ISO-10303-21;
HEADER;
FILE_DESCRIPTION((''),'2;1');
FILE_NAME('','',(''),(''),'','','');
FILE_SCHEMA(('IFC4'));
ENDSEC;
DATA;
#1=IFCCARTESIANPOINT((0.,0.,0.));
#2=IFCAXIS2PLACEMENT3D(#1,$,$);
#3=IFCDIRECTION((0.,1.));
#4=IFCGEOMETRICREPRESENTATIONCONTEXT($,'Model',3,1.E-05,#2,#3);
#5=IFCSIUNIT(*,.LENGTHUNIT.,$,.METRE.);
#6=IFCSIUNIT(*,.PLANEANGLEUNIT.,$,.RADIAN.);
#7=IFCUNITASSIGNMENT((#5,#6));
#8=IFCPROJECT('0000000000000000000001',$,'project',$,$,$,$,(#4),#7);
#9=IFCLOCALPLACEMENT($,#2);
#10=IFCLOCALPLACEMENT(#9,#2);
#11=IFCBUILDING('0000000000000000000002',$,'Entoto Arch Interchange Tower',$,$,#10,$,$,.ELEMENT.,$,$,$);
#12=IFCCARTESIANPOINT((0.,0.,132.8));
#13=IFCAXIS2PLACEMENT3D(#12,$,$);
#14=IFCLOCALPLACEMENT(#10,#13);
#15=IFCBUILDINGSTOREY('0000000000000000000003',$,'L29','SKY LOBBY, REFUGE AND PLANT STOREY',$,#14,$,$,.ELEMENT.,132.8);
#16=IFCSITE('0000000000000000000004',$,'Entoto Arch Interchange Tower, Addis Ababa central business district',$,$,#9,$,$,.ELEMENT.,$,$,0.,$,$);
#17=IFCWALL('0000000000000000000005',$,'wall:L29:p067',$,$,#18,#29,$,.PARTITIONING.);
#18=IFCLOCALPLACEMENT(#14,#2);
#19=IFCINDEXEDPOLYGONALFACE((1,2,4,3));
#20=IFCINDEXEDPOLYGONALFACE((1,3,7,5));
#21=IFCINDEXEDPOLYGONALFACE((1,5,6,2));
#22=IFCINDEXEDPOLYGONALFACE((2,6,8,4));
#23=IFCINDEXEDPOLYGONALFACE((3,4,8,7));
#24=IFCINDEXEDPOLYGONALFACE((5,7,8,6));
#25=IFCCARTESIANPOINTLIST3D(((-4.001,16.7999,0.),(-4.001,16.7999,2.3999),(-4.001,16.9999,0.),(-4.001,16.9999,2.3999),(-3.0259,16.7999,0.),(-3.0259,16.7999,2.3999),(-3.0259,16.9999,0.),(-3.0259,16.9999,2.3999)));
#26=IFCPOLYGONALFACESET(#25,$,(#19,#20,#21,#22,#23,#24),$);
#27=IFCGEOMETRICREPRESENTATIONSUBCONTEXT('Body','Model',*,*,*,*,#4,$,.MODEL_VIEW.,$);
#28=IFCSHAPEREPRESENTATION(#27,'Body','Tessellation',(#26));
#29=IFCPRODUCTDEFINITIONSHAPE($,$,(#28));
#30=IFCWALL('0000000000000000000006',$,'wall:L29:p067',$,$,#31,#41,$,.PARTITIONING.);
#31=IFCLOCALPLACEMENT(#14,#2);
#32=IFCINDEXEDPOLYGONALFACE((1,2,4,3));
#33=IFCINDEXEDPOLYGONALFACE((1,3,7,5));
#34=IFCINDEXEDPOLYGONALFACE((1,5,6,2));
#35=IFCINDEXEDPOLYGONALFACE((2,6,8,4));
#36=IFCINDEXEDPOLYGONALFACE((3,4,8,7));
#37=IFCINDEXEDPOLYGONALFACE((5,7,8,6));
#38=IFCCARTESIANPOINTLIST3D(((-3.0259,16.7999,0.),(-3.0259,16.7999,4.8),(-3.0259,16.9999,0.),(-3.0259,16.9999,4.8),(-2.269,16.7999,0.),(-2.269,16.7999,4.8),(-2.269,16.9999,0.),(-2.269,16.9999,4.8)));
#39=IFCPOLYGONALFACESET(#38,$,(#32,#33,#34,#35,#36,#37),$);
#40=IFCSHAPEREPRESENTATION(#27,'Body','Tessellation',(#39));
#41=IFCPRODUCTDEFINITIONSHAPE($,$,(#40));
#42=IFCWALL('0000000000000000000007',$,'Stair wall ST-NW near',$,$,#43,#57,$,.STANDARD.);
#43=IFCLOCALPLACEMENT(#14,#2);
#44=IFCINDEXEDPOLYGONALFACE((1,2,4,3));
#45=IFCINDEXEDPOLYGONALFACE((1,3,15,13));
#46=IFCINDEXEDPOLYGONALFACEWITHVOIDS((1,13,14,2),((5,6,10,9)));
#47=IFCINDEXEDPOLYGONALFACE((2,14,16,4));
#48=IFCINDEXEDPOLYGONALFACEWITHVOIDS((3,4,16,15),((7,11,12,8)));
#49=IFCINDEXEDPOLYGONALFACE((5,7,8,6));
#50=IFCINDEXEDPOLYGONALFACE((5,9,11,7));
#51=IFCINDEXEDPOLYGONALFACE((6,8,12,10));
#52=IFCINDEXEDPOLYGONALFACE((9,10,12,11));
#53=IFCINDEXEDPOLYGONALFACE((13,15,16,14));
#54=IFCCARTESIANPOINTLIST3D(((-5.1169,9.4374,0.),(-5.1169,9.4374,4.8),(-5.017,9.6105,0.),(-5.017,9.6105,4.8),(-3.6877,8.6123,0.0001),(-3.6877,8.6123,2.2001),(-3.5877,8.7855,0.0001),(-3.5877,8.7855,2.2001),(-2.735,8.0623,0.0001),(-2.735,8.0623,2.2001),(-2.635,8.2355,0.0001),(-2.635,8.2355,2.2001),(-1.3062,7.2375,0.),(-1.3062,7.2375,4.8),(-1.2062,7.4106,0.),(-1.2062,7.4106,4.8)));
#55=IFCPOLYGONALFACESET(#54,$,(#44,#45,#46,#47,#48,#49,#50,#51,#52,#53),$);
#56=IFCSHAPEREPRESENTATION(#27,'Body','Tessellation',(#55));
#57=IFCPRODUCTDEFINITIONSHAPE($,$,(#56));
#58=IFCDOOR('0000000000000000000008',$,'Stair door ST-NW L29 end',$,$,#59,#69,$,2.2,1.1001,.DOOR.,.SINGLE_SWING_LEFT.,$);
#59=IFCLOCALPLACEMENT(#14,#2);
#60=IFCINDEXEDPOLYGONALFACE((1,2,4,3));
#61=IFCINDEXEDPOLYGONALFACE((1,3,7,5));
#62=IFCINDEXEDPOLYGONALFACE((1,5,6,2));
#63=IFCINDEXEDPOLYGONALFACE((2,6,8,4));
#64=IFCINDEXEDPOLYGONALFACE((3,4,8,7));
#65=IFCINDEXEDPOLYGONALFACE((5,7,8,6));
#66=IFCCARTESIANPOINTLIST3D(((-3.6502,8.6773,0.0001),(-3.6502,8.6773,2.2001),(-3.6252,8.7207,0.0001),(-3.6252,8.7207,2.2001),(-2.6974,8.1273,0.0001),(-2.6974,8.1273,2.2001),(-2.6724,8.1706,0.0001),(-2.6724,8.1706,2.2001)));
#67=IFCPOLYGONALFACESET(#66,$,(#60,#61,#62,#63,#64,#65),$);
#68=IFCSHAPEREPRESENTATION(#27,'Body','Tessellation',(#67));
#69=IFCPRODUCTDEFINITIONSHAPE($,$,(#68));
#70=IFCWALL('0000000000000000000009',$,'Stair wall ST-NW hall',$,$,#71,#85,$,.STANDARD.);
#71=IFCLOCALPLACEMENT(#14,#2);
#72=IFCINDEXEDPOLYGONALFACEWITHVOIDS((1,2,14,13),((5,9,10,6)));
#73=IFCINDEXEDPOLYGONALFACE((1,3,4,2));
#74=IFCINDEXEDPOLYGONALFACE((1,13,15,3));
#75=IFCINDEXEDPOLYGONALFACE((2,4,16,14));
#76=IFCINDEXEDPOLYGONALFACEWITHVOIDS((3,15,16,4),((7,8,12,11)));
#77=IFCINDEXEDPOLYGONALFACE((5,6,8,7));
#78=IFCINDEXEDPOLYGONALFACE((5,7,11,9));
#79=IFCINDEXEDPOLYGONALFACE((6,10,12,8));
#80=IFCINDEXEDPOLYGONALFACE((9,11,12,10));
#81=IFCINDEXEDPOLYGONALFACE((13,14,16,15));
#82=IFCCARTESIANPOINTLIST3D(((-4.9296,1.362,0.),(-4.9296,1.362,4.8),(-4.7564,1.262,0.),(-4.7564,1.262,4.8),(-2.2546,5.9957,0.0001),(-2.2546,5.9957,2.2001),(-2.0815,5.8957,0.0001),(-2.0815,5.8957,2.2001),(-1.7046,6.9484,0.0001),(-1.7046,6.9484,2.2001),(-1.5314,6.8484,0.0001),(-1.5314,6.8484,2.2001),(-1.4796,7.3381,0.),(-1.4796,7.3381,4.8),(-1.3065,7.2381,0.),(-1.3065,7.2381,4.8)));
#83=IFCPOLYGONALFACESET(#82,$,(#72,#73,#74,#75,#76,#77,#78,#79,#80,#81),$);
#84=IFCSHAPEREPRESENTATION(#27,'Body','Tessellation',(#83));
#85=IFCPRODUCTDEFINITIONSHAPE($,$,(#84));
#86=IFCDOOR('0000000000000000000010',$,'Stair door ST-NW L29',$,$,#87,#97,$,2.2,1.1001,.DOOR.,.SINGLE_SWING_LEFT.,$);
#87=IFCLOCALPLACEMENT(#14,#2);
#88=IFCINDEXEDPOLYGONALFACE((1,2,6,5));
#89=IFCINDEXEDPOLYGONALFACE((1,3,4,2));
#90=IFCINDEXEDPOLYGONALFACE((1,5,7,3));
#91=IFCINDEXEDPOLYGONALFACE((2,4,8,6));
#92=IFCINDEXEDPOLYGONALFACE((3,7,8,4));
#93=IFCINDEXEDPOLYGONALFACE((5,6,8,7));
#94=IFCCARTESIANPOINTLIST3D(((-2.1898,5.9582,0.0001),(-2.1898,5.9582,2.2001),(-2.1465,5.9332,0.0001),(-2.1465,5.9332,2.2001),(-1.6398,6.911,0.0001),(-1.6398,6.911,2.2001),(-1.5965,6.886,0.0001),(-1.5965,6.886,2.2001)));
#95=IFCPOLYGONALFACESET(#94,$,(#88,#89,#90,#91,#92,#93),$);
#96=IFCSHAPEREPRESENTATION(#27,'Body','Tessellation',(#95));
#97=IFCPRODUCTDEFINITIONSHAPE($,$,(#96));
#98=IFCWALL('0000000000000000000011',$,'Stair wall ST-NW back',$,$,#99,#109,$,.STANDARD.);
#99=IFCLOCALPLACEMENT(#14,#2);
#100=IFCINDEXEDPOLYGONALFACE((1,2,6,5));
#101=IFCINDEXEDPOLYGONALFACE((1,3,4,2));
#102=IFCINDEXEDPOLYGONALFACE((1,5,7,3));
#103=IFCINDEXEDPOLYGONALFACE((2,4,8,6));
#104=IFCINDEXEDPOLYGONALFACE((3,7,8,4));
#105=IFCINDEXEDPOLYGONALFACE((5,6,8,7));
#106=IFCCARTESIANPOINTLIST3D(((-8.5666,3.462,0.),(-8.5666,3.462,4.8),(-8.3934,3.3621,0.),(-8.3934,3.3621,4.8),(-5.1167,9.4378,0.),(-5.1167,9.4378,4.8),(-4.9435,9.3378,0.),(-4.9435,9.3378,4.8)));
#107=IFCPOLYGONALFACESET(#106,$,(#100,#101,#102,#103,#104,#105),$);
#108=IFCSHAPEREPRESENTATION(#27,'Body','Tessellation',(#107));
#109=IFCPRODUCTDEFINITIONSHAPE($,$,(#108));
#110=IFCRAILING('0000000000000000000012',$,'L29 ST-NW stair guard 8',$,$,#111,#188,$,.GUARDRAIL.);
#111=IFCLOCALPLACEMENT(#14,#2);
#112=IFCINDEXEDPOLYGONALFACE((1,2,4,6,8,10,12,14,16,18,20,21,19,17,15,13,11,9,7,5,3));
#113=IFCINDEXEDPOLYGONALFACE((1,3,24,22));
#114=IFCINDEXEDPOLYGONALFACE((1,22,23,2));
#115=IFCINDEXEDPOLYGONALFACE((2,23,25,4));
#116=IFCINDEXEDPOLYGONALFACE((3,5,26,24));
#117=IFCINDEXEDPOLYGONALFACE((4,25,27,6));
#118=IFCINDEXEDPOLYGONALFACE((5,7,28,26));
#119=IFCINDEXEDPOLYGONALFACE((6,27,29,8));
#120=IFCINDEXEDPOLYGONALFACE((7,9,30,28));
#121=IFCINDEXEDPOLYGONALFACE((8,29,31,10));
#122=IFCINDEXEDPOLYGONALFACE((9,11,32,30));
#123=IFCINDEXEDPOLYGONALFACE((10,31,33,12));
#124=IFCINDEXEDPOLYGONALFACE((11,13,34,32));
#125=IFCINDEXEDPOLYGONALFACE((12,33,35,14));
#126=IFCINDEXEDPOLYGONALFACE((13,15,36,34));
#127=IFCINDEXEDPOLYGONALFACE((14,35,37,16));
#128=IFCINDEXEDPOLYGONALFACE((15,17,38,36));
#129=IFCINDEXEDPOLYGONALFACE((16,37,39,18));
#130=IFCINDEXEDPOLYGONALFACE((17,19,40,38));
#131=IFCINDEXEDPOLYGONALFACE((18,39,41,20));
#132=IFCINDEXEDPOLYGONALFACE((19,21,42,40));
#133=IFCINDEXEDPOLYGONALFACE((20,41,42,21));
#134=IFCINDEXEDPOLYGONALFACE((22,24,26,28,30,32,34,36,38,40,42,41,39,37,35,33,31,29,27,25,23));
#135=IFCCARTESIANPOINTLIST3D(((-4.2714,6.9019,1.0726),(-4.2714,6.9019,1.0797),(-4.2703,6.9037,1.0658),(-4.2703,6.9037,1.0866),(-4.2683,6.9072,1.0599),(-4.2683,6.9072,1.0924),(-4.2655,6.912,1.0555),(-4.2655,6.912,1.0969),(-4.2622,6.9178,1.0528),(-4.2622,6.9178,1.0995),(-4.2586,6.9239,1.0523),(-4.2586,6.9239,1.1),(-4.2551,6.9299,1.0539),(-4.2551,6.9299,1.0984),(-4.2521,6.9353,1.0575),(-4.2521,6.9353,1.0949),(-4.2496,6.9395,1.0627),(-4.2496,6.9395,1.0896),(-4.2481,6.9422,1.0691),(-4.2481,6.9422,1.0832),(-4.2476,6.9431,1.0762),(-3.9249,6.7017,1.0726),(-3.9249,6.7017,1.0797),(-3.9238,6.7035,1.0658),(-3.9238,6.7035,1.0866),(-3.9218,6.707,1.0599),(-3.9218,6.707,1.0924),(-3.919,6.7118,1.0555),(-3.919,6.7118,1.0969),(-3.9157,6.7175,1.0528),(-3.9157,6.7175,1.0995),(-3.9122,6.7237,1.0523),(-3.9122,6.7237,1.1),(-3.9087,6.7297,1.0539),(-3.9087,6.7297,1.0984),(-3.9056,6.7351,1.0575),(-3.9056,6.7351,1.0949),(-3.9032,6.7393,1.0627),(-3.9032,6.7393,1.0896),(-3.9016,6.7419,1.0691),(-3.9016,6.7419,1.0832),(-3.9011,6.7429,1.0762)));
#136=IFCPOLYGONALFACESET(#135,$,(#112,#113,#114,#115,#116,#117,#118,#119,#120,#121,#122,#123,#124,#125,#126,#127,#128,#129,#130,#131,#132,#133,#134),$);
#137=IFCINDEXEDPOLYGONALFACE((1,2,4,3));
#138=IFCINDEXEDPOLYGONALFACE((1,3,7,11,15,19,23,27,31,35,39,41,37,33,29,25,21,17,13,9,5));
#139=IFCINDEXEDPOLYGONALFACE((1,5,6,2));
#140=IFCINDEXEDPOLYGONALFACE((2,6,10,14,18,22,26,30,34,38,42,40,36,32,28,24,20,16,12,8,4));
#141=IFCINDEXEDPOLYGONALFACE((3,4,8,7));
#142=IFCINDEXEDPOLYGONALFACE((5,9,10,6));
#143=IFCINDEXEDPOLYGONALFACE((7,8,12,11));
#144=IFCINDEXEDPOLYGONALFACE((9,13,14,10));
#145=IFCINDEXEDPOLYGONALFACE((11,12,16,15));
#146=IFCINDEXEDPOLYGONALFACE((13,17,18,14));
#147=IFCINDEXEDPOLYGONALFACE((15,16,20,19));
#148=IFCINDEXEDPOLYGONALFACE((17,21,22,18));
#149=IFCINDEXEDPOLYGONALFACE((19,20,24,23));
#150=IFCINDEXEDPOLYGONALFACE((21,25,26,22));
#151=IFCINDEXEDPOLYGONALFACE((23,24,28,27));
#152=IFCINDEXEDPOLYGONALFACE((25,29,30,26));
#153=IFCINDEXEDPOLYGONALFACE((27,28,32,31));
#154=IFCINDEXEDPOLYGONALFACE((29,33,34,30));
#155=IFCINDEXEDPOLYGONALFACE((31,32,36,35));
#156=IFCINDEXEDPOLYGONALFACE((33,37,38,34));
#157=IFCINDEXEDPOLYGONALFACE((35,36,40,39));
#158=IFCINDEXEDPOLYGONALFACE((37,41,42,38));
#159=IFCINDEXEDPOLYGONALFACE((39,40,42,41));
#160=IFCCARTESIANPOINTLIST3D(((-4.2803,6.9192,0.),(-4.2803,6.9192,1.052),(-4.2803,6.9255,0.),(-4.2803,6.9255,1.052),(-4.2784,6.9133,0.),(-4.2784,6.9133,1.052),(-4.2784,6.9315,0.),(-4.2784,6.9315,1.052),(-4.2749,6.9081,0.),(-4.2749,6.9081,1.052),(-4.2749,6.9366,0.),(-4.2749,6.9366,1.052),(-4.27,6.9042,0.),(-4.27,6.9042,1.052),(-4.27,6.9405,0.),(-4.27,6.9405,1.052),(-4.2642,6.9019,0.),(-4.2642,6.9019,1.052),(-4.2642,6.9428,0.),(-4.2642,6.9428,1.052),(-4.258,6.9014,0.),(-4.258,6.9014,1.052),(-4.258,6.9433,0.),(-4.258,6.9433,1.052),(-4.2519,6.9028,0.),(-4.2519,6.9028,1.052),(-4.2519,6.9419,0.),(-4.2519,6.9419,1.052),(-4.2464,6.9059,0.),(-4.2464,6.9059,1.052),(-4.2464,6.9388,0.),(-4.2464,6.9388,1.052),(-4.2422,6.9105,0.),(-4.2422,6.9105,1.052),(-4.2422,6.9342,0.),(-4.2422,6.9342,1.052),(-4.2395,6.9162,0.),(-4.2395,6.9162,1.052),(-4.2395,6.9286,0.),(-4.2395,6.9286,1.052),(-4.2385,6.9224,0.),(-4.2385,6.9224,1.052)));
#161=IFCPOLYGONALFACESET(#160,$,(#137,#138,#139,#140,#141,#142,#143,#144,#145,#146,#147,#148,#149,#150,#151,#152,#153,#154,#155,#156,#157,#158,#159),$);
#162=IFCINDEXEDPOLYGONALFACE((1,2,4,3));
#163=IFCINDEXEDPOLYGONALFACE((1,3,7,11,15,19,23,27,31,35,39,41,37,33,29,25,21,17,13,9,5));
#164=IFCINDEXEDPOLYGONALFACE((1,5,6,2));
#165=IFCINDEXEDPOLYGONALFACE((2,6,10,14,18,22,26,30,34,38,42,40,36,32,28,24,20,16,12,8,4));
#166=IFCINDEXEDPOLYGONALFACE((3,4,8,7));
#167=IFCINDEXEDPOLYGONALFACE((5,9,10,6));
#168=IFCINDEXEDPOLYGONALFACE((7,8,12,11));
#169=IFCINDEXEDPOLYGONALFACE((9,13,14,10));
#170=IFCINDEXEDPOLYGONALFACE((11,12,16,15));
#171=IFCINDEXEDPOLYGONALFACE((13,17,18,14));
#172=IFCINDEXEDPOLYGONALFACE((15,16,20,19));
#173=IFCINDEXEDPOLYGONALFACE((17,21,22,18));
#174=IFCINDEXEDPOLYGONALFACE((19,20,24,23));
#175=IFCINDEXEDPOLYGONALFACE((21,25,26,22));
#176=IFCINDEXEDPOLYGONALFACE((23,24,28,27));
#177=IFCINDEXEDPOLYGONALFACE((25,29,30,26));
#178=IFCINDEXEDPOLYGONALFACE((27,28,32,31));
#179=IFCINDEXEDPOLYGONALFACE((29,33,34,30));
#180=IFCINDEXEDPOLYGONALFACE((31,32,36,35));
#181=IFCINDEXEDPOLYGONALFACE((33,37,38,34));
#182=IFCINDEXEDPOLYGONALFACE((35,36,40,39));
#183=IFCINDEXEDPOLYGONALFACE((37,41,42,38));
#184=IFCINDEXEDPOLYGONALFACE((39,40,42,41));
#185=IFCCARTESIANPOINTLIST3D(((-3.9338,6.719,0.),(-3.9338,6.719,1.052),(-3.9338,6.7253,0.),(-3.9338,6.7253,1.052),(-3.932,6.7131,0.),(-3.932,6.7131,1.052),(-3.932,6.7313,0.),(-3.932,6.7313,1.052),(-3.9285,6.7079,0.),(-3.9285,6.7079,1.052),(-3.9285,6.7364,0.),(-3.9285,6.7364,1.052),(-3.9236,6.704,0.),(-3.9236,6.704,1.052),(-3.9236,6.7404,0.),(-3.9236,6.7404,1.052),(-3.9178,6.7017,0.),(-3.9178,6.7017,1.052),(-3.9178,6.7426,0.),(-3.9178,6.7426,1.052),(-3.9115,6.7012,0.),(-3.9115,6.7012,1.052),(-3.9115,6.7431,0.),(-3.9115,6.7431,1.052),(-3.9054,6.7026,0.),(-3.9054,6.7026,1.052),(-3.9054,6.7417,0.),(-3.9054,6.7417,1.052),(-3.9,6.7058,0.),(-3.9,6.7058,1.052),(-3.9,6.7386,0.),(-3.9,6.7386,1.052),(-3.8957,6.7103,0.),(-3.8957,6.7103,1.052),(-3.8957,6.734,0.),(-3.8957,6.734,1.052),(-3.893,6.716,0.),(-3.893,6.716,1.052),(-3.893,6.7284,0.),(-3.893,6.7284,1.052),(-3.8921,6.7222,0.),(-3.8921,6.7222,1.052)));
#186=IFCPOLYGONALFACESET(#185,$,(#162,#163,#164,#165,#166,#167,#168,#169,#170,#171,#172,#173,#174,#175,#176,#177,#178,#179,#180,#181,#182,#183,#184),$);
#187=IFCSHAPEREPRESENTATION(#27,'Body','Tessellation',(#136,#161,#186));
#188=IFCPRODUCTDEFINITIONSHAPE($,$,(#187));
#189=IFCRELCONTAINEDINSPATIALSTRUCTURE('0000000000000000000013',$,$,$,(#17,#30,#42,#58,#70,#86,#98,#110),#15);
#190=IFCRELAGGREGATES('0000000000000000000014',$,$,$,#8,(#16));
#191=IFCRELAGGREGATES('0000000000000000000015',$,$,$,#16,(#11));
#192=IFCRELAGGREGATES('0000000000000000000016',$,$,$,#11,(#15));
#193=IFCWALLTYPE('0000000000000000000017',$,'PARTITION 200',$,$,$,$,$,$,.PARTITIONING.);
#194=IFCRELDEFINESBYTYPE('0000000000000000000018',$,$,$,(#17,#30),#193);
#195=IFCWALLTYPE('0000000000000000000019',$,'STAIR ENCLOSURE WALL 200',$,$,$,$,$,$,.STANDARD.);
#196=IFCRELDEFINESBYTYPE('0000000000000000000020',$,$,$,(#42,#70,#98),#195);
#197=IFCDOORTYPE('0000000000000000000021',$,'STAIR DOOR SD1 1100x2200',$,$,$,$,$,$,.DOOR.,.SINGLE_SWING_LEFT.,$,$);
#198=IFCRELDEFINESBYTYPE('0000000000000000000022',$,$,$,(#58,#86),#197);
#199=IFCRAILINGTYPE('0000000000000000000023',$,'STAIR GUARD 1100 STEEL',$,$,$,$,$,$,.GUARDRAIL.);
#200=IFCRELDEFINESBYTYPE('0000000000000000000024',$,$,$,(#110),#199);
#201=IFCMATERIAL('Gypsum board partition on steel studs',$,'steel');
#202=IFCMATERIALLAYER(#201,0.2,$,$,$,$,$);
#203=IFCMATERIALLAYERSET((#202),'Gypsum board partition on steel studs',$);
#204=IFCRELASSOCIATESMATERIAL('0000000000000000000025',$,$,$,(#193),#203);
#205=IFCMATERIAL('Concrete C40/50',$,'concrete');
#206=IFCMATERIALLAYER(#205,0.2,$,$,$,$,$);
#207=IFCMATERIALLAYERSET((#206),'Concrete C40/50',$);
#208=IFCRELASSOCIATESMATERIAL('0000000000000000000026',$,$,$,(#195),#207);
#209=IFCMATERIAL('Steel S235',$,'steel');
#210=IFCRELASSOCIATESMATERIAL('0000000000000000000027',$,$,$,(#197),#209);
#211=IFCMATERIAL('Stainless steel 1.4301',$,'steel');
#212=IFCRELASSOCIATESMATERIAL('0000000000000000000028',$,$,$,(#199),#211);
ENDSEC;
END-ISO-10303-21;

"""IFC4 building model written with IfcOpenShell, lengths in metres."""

from ifc_helpers import new_model, si_unit, direction, frame, frame_2d, origin, origin_2d, place, context, subcontext, project, spatial, rectangle, circle, extrude, material, layer, layer_set, type_object, element, fill, save


model = new_model("IFC4")

# Units and contexts
model_context = context("Model", 3, precision=1e-05, world=origin(), true_north=direction((0.0, 1.0)))
body_context = subcontext(model_context, "Body", "Model", "MODEL_VIEW")
ifc_project = project(units=[si_unit("LENGTHUNIT", "METRE"), si_unit("PLANEANGLEUNIT", "RADIAN")], contexts=[model_context])

# Site, building, storey
site_placement = place(None, origin())
site = spatial("IfcSite", under=ifc_project, at=site_placement, Name="Entoto Arch Interchange Tower, Addis Ababa central business district", CompositionType="ELEMENT", RefElevation=0.0)
building_placement = place(site_placement, origin())
building = spatial("IfcBuilding", under=site, at=building_placement, Name="Entoto Arch Interchange Tower", CompositionType="ELEMENT")
storey_placement = place(building_placement, frame((0.0, 0.0, 132.8)))
storey = spatial("IfcBuildingStorey", under=building, at=storey_placement, Name="L29", Description="SKY LOBBY, REFUGE AND PLANT STOREY", CompositionType="ELEMENT", Elevation=132.8)

# Shared definitions
ifc_material_1 = material(Name="Concrete C40/50", Category="concrete")
ifc_material_2 = material(Name="Gypsum board partition on steel studs", Category="steel")
ifc_layer_1 = layer(ifc_material_2, 0.2)
ifc_layer_set_1 = layer_set([ifc_layer_1], Name="Gypsum board partition on steel studs")
wall_type_1 = type_object("IfcWallType", Name="PARTITION 200", PredefinedType="PARTITIONING", material=ifc_layer_set_1)

# Walls
wall_1_placement = place(storey_placement, frame((-4.001, 16.8999, 0.0), z_axis=(0.0, 0.0, 1.0), x_axis=(1.0, 0.0, 0.0)))
element("IfcWall", 1, at=wall_1_placement, inside=storey, type_object=wall_type_1, Name="wall:L29:p067", PredefinedType="PARTITIONING", context=body_context, shape_type="SweptSolid", body=[
    extrude(rectangle(XDim=0.9751, YDim=0.2, at=frame_2d((0.4875, 0.0))), origin(), (0.0, 0.0, 1.0), 2.3999),
])
wall_2_placement = place(storey_placement, frame((-3.0259, 16.8999, 0.0), z_axis=(0.0, 0.0, 1.0), x_axis=(1.0, 0.0, 0.0)))
element("IfcWall", 2, at=wall_2_placement, inside=storey, type_object=wall_type_1, Name="wall:L29:p067", PredefinedType="PARTITIONING", context=body_context, shape_type="SweptSolid", body=[
    extrude(rectangle(XDim=0.7568, YDim=0.2, at=frame_2d((0.3784, 0.0))), origin(), (0.0, 0.0, 1.0), 4.8),
])

# Walls, openings, doors
ifc_layer_2 = layer(ifc_material_1, 0.2)
ifc_layer_set_2 = layer_set([ifc_layer_2], Name="Concrete C40/50")
wall_type_2 = type_object("IfcWallType", Name="STAIR ENCLOSURE WALL 200", PredefinedType="STANDARD", material=ifc_layer_set_2)
wall_3_placement = place(storey_placement, frame((-1.2561, 7.324, 0.0), z_axis=(0.0, 0.0, 1.0), x_axis=(-0.866046, 0.499964, 0.0)))
wall_3 = element("IfcWall", 3, at=wall_3_placement, inside=storey, type_object=wall_type_2, Name="Stair wall ST-NW near", PredefinedType="STANDARD", context=body_context, shape_type="SweptSolid", body=[
    extrude(rectangle(XDim=4.4001, YDim=0.2, at=frame_2d((2.2002, 0.0))), origin(), (0.0, 0.0, 1.0), 4.8),
])
opening_1_placement = place(wall_3_placement, frame((1.6499, 0.0, 0.0)))
opening_1 = element("IfcOpeningElement", 4, at=opening_1_placement, cuts=wall_3, PredefinedType="OPENING", context=body_context, shape_type="SweptSolid", body=[
    extrude(rectangle(XDim=1.1001, YDim=2.2, at=frame_2d((0.55, 1.1001))), frame((0.0, 0.1099, 0.0), z_axis=(0.0, -1.0, 0.0), x_axis=(1.0, 0.0, 0.0)), (0.0, 0.0, 1.0), 0.22),
])
ifc_material_3 = material(Name="Steel S235", Category="steel")
door_type_1 = type_object("IfcDoorType", Name="STAIR DOOR SD1 1100x2200", OperationType="SINGLE_SWING_LEFT", PredefinedType="DOOR", material=ifc_material_3)
door_1_placement = place(opening_1_placement, origin())
door_1 = element("IfcDoor", 5, at=door_1_placement, inside=storey, type_object=door_type_1, Name="Stair door ST-NW L29 end", OperationType="SINGLE_SWING_LEFT", OverallHeight=2.2, OverallWidth=1.1001, PredefinedType="DOOR", context=body_context, shape_type="SweptSolid", body=[
    extrude(rectangle(XDim=1.1001, YDim=2.2, at=frame_2d((0.55, 1.1001))), frame((0.0, 0.0249, 0.0), z_axis=(0.0, -1.0, 0.0), x_axis=(1.0, 0.0, 0.0)), (0.0, 0.0, 1.0), 0.05),
])
fill(opening_1, door_1)
wall_4_placement = place(storey_placement, frame((-1.3931, 7.2881, 0.0), z_axis=(0.0, 0.0, 1.0), x_axis=(-0.499963, -0.866047, 0.0)))
wall_4 = element("IfcWall", 6, at=wall_4_placement, inside=storey, type_object=wall_type_2, Name="Stair wall ST-NW hall", PredefinedType="STANDARD", context=body_context, shape_type="SweptSolid", body=[
    extrude(rectangle(XDim=6.9004, YDim=0.2, at=frame_2d((3.4502, 0.0))), origin(), (0.0, 0.0, 1.0), 4.8),
])
opening_2_placement = place(wall_4_placement, frame((0.45, 0.0, 0.0)))
opening_2 = element("IfcOpeningElement", 7, at=opening_2_placement, cuts=wall_4, PredefinedType="OPENING", context=body_context, shape_type="SweptSolid", body=[
    extrude(rectangle(XDim=1.1001, YDim=2.2, at=frame_2d((0.55, 1.1001))), frame((0.0, 0.1099, 0.0), z_axis=(0.0, -1.0, 0.0), x_axis=(1.0, 0.0, 0.0)), (0.0, 0.0, 1.0), 0.22),
])
door_2_placement = place(opening_2_placement, origin())
door_2 = element("IfcDoor", 8, at=door_2_placement, inside=storey, type_object=door_type_1, Name="Stair door ST-NW L29", OperationType="SINGLE_SWING_LEFT", OverallHeight=2.2, OverallWidth=1.1001, PredefinedType="DOOR", context=body_context, shape_type="SweptSolid", body=[
    extrude(rectangle(XDim=1.1001, YDim=2.2, at=frame_2d((0.55, 1.1001))), frame((0.0, 0.0249, 0.0), z_axis=(0.0, -1.0, 0.0), x_axis=(1.0, 0.0, 0.0)), (0.0, 0.0, 1.0), 0.05),
])
fill(opening_2, door_2)

# Wall
wall_5_placement = place(storey_placement, frame((-5.03, 9.3879, 0.0), z_axis=(0.0, 0.0, 1.0), x_axis=(-0.499979, -0.866038, 0.0)))
element("IfcWall", 9, at=wall_5_placement, inside=storey, type_object=wall_type_2, Name="Stair wall ST-NW back", PredefinedType="STANDARD", context=body_context, shape_type="SweptSolid", body=[
    extrude(rectangle(XDim=6.9001, YDim=0.2, at=frame_2d((3.4502, 0.0))), origin(), (0.0, 0.0, 1.0), 4.8),
])

# Railing
ifc_material_4 = material(Name="Stainless steel 1.4301", Category="steel")
railing_type_1 = type_object("IfcRailingType", Name="STAIR GUARD 1100 STEEL", PredefinedType="GUARDRAIL", material=ifc_material_4)
railing_1_placement = place(storey_placement, frame((-4.2595, 6.9224, 0.0)))
element("IfcRailing", 10, at=railing_1_placement, inside=storey, type_object=railing_type_1, Name="L29 ST-NW stair guard 8", PredefinedType="GUARDRAIL", context=body_context, shape_type="SweptSolid", body=[
    extrude(circle(Radius=0.0239, at=origin_2d()), frame((0.0, 0.0, 1.0762), z_axis=(0.86583, -0.500339, 0.0), x_axis=(0.500339, 0.86583, 0.0)), (0.0, 0.0, 1.0), 0.4001),
    extrude(circle(Radius=0.021, at=origin_2d()), origin(), (0.0, 0.0, 1.0), 1.052),
    extrude(circle(Radius=0.021, at=origin_2d()), frame((0.3464, -0.2002, 0.0)), (0.0, 0.0, 1.0), 1.052),
])

save(model, "model.ifc")
